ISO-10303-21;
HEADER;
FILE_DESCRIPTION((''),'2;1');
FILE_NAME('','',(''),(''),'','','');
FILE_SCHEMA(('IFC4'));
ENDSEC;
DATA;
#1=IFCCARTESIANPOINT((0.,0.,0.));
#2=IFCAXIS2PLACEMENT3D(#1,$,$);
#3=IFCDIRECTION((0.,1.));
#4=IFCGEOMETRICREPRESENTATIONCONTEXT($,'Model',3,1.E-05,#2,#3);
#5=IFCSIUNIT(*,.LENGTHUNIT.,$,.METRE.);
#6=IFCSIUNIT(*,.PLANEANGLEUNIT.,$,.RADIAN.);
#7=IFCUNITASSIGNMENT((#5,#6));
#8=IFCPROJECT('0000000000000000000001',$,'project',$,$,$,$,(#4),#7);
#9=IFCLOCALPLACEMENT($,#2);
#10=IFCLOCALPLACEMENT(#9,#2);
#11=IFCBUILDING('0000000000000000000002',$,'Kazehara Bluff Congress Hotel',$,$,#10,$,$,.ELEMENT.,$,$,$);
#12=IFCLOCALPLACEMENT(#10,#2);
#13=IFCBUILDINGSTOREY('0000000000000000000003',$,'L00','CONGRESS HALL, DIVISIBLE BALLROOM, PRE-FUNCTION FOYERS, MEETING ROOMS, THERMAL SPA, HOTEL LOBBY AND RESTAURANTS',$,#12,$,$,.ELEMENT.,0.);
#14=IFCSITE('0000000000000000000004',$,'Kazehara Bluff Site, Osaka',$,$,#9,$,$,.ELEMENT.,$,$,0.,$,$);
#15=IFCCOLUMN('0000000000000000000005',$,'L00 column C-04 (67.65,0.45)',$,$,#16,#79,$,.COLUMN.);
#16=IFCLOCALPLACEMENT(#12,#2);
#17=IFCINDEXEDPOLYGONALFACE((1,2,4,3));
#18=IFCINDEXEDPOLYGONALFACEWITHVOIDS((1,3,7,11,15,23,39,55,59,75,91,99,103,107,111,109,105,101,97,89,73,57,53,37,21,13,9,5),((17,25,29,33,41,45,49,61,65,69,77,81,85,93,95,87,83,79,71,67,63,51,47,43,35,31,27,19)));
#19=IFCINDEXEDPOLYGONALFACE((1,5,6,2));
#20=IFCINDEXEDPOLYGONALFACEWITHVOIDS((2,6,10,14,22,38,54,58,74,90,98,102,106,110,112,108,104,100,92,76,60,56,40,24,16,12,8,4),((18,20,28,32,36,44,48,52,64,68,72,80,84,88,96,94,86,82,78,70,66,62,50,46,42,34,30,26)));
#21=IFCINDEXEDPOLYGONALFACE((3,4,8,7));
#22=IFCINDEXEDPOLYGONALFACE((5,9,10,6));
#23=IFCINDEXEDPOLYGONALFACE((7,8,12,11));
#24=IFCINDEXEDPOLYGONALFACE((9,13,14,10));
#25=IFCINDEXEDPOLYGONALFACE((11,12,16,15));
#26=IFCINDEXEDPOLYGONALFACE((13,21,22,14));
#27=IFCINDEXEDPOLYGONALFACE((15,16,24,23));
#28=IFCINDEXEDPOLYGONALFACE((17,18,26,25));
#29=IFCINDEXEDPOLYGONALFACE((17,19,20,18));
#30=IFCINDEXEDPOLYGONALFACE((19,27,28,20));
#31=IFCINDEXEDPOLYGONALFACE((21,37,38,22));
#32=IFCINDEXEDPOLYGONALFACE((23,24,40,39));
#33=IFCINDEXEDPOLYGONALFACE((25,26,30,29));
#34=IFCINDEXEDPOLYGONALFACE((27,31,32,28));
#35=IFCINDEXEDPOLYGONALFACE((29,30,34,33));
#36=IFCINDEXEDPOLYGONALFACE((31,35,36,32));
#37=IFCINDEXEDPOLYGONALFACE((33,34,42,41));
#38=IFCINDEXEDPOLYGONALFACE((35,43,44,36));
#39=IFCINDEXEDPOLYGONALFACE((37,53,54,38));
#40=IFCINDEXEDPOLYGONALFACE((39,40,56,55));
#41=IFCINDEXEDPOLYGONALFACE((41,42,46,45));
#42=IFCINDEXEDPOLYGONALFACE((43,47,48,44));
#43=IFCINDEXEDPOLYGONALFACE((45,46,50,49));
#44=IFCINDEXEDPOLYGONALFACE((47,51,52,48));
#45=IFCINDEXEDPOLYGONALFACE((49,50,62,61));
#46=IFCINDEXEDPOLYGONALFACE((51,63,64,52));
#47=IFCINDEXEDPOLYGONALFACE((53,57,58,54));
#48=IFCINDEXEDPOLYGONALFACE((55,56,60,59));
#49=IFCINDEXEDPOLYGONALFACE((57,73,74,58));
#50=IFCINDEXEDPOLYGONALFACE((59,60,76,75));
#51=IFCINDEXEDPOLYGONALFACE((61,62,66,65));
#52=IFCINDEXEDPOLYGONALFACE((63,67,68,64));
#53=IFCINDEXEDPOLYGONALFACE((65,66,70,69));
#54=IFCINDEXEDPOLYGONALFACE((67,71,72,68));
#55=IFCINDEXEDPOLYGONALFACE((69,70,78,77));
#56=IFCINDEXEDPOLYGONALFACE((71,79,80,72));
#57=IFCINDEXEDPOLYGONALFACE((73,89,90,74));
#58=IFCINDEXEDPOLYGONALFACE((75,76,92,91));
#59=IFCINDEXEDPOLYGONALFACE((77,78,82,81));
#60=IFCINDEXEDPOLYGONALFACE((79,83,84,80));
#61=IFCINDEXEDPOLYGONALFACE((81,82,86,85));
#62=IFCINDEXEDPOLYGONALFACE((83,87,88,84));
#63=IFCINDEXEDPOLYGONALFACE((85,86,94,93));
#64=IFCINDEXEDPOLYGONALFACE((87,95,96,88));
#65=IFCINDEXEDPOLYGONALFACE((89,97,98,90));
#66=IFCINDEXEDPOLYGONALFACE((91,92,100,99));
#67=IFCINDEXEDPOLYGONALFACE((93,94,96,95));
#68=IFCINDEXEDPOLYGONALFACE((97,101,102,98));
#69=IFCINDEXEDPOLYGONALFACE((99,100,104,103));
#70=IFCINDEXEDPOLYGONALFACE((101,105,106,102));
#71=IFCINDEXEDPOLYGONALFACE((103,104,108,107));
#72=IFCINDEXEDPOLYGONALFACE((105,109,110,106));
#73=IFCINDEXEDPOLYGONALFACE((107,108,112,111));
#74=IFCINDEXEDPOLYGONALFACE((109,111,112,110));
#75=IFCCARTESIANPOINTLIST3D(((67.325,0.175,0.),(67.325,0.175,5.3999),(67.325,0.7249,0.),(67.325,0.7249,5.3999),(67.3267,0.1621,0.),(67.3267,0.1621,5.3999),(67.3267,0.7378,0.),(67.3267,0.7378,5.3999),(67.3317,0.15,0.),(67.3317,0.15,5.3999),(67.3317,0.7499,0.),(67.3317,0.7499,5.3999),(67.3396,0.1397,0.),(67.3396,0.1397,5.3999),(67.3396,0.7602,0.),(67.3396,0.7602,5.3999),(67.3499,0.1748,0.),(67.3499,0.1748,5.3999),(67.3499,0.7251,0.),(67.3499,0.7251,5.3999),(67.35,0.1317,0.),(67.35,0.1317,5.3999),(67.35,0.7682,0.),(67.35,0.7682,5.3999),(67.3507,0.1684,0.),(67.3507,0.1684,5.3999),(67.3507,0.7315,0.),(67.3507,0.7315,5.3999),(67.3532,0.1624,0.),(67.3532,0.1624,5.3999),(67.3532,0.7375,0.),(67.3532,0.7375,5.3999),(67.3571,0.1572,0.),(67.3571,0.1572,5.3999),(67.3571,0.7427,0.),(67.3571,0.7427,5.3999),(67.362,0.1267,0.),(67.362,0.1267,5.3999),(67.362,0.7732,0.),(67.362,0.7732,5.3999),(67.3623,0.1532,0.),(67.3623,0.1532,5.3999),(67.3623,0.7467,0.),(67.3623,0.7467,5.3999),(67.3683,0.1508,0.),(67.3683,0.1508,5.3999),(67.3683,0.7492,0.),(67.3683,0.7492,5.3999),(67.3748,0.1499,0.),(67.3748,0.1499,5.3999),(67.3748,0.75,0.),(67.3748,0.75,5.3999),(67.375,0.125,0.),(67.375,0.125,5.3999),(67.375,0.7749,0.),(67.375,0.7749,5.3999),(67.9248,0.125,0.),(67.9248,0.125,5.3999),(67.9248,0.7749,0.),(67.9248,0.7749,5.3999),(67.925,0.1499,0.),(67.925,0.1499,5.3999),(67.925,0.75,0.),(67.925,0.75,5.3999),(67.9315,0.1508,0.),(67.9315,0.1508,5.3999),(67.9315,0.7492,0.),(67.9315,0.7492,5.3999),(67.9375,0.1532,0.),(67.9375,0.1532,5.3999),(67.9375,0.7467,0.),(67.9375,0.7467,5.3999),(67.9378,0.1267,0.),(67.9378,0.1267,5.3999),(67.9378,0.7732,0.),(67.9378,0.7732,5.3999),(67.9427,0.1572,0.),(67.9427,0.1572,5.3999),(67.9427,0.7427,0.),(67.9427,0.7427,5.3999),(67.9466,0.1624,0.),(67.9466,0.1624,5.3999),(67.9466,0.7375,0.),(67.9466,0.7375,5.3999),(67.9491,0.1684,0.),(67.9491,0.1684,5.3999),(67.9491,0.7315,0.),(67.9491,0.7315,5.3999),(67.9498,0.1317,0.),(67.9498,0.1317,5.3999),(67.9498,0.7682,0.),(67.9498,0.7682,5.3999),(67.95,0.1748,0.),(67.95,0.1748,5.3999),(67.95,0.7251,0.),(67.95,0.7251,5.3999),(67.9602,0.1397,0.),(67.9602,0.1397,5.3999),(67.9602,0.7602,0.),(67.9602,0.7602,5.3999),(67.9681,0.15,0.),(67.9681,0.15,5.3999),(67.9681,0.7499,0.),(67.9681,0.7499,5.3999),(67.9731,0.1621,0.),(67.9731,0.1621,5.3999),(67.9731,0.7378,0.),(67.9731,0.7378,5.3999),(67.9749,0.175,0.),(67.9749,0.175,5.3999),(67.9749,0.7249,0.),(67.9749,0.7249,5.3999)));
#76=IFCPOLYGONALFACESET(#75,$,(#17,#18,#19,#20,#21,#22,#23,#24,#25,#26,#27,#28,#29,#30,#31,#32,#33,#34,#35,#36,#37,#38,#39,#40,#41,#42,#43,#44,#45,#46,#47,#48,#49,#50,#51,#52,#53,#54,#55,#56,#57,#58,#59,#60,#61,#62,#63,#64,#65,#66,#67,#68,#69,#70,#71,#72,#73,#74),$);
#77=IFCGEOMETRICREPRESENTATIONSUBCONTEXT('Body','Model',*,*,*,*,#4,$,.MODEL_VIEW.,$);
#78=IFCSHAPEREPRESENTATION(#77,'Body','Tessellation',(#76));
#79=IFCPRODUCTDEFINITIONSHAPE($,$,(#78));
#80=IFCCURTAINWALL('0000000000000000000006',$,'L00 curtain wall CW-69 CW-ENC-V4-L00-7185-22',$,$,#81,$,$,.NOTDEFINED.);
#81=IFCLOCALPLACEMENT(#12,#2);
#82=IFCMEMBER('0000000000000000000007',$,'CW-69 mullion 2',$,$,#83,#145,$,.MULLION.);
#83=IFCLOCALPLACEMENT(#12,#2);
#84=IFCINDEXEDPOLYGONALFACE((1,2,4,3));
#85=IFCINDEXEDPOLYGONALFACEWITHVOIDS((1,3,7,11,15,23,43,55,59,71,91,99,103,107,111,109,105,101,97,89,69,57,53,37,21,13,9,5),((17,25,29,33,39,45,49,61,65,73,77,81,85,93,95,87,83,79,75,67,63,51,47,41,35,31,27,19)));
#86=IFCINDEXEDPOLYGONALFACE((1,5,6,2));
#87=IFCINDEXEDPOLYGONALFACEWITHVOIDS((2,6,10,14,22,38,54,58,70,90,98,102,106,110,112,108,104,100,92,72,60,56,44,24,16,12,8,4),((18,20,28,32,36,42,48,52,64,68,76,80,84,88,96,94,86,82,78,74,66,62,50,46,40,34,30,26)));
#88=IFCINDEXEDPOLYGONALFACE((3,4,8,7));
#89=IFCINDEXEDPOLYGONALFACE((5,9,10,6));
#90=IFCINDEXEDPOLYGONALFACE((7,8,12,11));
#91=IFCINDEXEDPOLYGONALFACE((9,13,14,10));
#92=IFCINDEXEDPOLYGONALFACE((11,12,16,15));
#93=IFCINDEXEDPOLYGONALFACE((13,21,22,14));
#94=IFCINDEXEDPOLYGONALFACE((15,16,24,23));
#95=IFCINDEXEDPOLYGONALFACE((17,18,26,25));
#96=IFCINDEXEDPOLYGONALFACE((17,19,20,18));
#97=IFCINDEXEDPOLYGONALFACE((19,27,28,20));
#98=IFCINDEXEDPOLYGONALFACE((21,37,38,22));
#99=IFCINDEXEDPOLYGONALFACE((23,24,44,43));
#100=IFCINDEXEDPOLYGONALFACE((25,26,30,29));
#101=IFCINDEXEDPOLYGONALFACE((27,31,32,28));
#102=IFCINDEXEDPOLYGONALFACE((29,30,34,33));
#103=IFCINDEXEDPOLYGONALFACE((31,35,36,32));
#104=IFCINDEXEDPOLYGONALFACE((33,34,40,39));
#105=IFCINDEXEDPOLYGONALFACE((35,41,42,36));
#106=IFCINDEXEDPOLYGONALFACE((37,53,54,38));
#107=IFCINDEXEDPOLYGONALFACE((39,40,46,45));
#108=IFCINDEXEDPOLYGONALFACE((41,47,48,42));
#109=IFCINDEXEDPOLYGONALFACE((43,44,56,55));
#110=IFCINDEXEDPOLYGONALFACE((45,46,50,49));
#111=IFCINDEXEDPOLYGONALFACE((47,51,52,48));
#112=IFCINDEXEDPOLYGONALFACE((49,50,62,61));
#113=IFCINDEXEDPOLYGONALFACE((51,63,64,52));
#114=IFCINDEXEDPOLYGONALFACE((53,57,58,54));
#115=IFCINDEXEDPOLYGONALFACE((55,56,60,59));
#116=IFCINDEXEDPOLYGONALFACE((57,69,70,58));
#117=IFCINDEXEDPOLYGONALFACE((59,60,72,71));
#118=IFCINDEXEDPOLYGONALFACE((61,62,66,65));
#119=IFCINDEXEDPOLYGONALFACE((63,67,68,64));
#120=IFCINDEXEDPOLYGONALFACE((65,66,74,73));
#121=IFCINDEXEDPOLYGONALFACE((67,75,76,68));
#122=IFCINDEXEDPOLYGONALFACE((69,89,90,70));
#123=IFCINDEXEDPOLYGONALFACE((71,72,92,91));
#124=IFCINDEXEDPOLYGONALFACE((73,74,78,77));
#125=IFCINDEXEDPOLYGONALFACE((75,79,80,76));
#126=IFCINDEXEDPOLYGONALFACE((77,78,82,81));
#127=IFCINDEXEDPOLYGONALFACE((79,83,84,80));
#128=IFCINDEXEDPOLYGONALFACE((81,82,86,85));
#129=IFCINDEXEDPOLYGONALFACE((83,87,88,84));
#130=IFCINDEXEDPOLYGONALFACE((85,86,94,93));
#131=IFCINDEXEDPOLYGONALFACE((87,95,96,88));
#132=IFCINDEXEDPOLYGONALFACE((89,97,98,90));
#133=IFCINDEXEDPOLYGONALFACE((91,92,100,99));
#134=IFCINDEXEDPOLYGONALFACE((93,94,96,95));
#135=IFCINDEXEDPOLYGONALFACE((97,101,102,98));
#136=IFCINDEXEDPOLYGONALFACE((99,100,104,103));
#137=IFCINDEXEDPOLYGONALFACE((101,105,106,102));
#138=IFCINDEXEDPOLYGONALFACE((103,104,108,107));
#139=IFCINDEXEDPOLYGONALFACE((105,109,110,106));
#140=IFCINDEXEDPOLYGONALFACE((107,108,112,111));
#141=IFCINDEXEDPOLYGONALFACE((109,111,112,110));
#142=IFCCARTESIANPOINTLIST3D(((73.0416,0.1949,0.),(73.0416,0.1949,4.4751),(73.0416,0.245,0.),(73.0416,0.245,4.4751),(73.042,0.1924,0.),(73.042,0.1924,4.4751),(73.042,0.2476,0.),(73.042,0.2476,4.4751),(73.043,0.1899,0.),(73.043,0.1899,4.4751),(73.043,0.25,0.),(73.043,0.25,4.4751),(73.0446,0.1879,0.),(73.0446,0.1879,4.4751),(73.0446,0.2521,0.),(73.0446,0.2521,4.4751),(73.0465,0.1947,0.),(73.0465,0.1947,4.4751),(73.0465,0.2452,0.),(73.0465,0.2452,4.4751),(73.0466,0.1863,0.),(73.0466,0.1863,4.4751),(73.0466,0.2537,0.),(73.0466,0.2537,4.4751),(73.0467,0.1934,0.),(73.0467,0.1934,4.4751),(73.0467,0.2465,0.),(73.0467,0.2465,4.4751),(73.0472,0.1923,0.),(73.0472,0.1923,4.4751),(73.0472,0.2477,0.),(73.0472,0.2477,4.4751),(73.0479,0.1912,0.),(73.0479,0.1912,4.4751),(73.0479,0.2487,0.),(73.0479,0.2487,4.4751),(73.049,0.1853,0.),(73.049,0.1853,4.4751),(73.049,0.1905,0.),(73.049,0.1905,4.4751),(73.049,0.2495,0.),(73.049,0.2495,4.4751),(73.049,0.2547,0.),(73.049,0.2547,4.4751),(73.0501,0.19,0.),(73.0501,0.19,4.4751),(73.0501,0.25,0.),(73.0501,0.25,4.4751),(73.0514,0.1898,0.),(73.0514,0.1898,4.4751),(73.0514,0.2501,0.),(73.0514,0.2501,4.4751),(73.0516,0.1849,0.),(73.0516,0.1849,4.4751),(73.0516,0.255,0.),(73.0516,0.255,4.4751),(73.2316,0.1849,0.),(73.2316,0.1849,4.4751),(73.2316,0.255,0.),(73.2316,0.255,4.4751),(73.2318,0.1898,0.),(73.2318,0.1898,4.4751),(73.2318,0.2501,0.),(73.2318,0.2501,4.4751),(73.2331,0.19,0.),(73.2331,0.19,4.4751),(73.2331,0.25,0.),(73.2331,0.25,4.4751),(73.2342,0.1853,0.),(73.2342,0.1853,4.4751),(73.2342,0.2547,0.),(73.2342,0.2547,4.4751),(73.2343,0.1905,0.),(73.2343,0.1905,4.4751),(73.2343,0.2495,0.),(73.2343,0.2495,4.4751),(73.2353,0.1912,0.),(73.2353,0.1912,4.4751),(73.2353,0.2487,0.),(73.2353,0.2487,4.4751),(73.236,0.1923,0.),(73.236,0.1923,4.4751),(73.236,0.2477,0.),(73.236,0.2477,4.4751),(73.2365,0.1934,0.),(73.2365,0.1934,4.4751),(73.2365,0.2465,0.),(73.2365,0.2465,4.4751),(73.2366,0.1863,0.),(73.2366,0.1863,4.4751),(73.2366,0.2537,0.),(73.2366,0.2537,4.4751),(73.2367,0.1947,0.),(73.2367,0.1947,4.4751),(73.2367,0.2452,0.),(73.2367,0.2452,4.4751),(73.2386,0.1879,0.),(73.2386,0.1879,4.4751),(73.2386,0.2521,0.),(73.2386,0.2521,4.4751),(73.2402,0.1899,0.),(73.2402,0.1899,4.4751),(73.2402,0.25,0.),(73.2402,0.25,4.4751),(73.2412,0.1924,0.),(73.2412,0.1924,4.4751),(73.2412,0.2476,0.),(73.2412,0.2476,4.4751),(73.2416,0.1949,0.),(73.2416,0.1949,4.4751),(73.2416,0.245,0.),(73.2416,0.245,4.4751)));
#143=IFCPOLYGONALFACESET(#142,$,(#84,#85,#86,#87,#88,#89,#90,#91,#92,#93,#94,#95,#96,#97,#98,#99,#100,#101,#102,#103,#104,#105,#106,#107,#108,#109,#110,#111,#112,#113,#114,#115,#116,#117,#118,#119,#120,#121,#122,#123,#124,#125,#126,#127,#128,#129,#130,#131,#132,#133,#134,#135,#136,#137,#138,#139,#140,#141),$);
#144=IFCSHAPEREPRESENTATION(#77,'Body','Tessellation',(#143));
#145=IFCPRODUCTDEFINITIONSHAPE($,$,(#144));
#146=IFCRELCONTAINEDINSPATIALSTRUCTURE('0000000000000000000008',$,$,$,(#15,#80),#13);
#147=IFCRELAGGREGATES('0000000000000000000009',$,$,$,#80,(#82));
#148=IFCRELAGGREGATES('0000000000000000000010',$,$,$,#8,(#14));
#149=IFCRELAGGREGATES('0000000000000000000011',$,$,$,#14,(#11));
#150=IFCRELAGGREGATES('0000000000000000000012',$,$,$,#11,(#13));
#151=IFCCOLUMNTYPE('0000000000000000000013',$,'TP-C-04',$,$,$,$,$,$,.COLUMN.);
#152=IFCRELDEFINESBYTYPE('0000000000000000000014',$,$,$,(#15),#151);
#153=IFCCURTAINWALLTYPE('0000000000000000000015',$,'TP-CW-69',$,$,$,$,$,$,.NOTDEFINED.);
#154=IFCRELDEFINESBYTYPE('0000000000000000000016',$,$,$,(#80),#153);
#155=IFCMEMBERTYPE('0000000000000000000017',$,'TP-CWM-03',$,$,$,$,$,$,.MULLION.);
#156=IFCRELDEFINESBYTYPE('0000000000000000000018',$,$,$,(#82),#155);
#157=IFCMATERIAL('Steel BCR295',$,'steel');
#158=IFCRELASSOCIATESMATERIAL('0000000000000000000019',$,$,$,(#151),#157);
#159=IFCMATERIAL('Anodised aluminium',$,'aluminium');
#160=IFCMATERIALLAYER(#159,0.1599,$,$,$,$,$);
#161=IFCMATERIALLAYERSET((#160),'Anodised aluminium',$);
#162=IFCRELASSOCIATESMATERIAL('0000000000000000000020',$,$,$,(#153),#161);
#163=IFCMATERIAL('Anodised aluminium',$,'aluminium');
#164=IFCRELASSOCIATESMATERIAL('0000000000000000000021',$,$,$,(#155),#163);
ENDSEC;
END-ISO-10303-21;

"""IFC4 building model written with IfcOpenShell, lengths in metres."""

from ifc_helpers import new_model, si_unit, direction, frame, origin, origin_2d, place, context, subcontext, project, spatial, hollow_rectangle, extrude, material, layer, layer_set, material_profile, profile_set, type_object, element, aggregate, save


model = new_model("IFC4")

# Units and contexts
model_context = context("Model", 3, precision=1e-05, world=origin(), true_north=direction((0.0, 1.0)))
body_context = subcontext(model_context, "Body", "Model", "MODEL_VIEW")
ifc_project = project(units=[si_unit("LENGTHUNIT", "METRE"), si_unit("PLANEANGLEUNIT", "RADIAN")], contexts=[model_context])

# Site, building, storey
site_placement = place(None, origin())
site = spatial("IfcSite", under=ifc_project, at=site_placement, Name="Kazehara Bluff Site, Osaka", CompositionType="ELEMENT", RefElevation=0.0)
building_placement = place(site_placement, origin())
building = spatial("IfcBuilding", under=site, at=building_placement, Name="Kazehara Bluff Congress Hotel", CompositionType="ELEMENT")
storey_placement = place(building_placement, origin())
storey = spatial("IfcBuildingStorey", under=building, at=storey_placement, Name="L00", Description="CONGRESS HALL, DIVISIBLE BALLROOM, PRE-FUNCTION FOYERS, MEETING ROOMS, THERMAL SPA, HOTEL LOBBY AND RESTAURANTS", CompositionType="ELEMENT", Elevation=0.0)

# Column
ifc_material_1 = material(Name="Steel BCR295", Category="steel")
ifc_material_profile_1 = material_profile(ifc_material_1, hollow_rectangle(XDim=0.6499, YDim=0.6499, WallThickness=0.0249, InnerFilletRadius=0.0249, OuterFilletRadius=0.05, at=origin_2d()))
ifc_profile_set_1 = profile_set([ifc_material_profile_1], Name="Steel BCR295")
column_type = type_object("IfcColumnType", Name="TP-C-04", PredefinedType="COLUMN", material=ifc_profile_set_1)
column_placement = place(storey_placement, frame((67.6499, 0.45, 0.0), z_axis=(0.0, 0.0, 1.0), x_axis=(1.0, 0.0, 0.0)))
element("IfcColumn", 1, at=column_placement, inside=storey, type_object=column_type, Name="L00 column C-04 (67.65,0.45)", PredefinedType="COLUMN", context=body_context, shape_type="SweptSolid", body=[
    extrude(hollow_rectangle(XDim=0.6499, YDim=0.6499, WallThickness=0.0249, InnerFilletRadius=0.0249, OuterFilletRadius=0.05, at=origin_2d()), origin(), (0.0, 0.0, 1.0), 5.3999),
])

# Curtain wall, member
ifc_material_2 = material(Name="Anodised aluminium", Category="aluminium")
ifc_layer_1 = layer(ifc_material_2, 0.1599)
ifc_layer_set_1 = layer_set([ifc_layer_1], Name="Anodised aluminium")
curtain_wall_type = type_object("IfcCurtainWallType", Name="TP-CW-69", PredefinedType="NOTDEFINED", material=ifc_layer_set_1)
curtain_wall_placement = place(storey_placement, origin())
curtain_wall = element("IfcCurtainWall", 2, at=curtain_wall_placement, inside=storey, type_object=curtain_wall_type, Name="L00 curtain wall CW-69 CW-ENC-V4-L00-7185-22", PredefinedType="NOTDEFINED")
ifc_material_3 = material(Name="Anodised aluminium", Category="aluminium")
ifc_material_profile_2 = material_profile(ifc_material_3, hollow_rectangle(XDim=0.0701, YDim=0.2, WallThickness=0.0049, InnerFilletRadius=0.0049, OuterFilletRadius=0.01, at=origin_2d()))
ifc_profile_set_2 = profile_set([ifc_material_profile_2], Name="Anodised aluminium")
member_type_1 = type_object("IfcMemberType", Name="TP-CWM-03", PredefinedType="MULLION", material=ifc_profile_set_2)
member_1_placement = place(storey_placement, frame((73.1416, 0.22, 0.0), z_axis=(0.0, 0.0, 1.0), x_axis=(0.0, -1.0, 0.0)))
member_1 = element("IfcMember", 3, at=member_1_placement, type_object=member_type_1, Name="CW-69 mullion 2", PredefinedType="MULLION", context=body_context, shape_type="SweptSolid", body=[
    extrude(hollow_rectangle(XDim=0.0701, YDim=0.2, WallThickness=0.0049, InnerFilletRadius=0.0049, OuterFilletRadius=0.01, at=origin_2d()), origin(), (0.0, 0.0, 1.0), 4.4751),
])

aggregate(curtain_wall, [member_1])

save(model, "model.ifc")
